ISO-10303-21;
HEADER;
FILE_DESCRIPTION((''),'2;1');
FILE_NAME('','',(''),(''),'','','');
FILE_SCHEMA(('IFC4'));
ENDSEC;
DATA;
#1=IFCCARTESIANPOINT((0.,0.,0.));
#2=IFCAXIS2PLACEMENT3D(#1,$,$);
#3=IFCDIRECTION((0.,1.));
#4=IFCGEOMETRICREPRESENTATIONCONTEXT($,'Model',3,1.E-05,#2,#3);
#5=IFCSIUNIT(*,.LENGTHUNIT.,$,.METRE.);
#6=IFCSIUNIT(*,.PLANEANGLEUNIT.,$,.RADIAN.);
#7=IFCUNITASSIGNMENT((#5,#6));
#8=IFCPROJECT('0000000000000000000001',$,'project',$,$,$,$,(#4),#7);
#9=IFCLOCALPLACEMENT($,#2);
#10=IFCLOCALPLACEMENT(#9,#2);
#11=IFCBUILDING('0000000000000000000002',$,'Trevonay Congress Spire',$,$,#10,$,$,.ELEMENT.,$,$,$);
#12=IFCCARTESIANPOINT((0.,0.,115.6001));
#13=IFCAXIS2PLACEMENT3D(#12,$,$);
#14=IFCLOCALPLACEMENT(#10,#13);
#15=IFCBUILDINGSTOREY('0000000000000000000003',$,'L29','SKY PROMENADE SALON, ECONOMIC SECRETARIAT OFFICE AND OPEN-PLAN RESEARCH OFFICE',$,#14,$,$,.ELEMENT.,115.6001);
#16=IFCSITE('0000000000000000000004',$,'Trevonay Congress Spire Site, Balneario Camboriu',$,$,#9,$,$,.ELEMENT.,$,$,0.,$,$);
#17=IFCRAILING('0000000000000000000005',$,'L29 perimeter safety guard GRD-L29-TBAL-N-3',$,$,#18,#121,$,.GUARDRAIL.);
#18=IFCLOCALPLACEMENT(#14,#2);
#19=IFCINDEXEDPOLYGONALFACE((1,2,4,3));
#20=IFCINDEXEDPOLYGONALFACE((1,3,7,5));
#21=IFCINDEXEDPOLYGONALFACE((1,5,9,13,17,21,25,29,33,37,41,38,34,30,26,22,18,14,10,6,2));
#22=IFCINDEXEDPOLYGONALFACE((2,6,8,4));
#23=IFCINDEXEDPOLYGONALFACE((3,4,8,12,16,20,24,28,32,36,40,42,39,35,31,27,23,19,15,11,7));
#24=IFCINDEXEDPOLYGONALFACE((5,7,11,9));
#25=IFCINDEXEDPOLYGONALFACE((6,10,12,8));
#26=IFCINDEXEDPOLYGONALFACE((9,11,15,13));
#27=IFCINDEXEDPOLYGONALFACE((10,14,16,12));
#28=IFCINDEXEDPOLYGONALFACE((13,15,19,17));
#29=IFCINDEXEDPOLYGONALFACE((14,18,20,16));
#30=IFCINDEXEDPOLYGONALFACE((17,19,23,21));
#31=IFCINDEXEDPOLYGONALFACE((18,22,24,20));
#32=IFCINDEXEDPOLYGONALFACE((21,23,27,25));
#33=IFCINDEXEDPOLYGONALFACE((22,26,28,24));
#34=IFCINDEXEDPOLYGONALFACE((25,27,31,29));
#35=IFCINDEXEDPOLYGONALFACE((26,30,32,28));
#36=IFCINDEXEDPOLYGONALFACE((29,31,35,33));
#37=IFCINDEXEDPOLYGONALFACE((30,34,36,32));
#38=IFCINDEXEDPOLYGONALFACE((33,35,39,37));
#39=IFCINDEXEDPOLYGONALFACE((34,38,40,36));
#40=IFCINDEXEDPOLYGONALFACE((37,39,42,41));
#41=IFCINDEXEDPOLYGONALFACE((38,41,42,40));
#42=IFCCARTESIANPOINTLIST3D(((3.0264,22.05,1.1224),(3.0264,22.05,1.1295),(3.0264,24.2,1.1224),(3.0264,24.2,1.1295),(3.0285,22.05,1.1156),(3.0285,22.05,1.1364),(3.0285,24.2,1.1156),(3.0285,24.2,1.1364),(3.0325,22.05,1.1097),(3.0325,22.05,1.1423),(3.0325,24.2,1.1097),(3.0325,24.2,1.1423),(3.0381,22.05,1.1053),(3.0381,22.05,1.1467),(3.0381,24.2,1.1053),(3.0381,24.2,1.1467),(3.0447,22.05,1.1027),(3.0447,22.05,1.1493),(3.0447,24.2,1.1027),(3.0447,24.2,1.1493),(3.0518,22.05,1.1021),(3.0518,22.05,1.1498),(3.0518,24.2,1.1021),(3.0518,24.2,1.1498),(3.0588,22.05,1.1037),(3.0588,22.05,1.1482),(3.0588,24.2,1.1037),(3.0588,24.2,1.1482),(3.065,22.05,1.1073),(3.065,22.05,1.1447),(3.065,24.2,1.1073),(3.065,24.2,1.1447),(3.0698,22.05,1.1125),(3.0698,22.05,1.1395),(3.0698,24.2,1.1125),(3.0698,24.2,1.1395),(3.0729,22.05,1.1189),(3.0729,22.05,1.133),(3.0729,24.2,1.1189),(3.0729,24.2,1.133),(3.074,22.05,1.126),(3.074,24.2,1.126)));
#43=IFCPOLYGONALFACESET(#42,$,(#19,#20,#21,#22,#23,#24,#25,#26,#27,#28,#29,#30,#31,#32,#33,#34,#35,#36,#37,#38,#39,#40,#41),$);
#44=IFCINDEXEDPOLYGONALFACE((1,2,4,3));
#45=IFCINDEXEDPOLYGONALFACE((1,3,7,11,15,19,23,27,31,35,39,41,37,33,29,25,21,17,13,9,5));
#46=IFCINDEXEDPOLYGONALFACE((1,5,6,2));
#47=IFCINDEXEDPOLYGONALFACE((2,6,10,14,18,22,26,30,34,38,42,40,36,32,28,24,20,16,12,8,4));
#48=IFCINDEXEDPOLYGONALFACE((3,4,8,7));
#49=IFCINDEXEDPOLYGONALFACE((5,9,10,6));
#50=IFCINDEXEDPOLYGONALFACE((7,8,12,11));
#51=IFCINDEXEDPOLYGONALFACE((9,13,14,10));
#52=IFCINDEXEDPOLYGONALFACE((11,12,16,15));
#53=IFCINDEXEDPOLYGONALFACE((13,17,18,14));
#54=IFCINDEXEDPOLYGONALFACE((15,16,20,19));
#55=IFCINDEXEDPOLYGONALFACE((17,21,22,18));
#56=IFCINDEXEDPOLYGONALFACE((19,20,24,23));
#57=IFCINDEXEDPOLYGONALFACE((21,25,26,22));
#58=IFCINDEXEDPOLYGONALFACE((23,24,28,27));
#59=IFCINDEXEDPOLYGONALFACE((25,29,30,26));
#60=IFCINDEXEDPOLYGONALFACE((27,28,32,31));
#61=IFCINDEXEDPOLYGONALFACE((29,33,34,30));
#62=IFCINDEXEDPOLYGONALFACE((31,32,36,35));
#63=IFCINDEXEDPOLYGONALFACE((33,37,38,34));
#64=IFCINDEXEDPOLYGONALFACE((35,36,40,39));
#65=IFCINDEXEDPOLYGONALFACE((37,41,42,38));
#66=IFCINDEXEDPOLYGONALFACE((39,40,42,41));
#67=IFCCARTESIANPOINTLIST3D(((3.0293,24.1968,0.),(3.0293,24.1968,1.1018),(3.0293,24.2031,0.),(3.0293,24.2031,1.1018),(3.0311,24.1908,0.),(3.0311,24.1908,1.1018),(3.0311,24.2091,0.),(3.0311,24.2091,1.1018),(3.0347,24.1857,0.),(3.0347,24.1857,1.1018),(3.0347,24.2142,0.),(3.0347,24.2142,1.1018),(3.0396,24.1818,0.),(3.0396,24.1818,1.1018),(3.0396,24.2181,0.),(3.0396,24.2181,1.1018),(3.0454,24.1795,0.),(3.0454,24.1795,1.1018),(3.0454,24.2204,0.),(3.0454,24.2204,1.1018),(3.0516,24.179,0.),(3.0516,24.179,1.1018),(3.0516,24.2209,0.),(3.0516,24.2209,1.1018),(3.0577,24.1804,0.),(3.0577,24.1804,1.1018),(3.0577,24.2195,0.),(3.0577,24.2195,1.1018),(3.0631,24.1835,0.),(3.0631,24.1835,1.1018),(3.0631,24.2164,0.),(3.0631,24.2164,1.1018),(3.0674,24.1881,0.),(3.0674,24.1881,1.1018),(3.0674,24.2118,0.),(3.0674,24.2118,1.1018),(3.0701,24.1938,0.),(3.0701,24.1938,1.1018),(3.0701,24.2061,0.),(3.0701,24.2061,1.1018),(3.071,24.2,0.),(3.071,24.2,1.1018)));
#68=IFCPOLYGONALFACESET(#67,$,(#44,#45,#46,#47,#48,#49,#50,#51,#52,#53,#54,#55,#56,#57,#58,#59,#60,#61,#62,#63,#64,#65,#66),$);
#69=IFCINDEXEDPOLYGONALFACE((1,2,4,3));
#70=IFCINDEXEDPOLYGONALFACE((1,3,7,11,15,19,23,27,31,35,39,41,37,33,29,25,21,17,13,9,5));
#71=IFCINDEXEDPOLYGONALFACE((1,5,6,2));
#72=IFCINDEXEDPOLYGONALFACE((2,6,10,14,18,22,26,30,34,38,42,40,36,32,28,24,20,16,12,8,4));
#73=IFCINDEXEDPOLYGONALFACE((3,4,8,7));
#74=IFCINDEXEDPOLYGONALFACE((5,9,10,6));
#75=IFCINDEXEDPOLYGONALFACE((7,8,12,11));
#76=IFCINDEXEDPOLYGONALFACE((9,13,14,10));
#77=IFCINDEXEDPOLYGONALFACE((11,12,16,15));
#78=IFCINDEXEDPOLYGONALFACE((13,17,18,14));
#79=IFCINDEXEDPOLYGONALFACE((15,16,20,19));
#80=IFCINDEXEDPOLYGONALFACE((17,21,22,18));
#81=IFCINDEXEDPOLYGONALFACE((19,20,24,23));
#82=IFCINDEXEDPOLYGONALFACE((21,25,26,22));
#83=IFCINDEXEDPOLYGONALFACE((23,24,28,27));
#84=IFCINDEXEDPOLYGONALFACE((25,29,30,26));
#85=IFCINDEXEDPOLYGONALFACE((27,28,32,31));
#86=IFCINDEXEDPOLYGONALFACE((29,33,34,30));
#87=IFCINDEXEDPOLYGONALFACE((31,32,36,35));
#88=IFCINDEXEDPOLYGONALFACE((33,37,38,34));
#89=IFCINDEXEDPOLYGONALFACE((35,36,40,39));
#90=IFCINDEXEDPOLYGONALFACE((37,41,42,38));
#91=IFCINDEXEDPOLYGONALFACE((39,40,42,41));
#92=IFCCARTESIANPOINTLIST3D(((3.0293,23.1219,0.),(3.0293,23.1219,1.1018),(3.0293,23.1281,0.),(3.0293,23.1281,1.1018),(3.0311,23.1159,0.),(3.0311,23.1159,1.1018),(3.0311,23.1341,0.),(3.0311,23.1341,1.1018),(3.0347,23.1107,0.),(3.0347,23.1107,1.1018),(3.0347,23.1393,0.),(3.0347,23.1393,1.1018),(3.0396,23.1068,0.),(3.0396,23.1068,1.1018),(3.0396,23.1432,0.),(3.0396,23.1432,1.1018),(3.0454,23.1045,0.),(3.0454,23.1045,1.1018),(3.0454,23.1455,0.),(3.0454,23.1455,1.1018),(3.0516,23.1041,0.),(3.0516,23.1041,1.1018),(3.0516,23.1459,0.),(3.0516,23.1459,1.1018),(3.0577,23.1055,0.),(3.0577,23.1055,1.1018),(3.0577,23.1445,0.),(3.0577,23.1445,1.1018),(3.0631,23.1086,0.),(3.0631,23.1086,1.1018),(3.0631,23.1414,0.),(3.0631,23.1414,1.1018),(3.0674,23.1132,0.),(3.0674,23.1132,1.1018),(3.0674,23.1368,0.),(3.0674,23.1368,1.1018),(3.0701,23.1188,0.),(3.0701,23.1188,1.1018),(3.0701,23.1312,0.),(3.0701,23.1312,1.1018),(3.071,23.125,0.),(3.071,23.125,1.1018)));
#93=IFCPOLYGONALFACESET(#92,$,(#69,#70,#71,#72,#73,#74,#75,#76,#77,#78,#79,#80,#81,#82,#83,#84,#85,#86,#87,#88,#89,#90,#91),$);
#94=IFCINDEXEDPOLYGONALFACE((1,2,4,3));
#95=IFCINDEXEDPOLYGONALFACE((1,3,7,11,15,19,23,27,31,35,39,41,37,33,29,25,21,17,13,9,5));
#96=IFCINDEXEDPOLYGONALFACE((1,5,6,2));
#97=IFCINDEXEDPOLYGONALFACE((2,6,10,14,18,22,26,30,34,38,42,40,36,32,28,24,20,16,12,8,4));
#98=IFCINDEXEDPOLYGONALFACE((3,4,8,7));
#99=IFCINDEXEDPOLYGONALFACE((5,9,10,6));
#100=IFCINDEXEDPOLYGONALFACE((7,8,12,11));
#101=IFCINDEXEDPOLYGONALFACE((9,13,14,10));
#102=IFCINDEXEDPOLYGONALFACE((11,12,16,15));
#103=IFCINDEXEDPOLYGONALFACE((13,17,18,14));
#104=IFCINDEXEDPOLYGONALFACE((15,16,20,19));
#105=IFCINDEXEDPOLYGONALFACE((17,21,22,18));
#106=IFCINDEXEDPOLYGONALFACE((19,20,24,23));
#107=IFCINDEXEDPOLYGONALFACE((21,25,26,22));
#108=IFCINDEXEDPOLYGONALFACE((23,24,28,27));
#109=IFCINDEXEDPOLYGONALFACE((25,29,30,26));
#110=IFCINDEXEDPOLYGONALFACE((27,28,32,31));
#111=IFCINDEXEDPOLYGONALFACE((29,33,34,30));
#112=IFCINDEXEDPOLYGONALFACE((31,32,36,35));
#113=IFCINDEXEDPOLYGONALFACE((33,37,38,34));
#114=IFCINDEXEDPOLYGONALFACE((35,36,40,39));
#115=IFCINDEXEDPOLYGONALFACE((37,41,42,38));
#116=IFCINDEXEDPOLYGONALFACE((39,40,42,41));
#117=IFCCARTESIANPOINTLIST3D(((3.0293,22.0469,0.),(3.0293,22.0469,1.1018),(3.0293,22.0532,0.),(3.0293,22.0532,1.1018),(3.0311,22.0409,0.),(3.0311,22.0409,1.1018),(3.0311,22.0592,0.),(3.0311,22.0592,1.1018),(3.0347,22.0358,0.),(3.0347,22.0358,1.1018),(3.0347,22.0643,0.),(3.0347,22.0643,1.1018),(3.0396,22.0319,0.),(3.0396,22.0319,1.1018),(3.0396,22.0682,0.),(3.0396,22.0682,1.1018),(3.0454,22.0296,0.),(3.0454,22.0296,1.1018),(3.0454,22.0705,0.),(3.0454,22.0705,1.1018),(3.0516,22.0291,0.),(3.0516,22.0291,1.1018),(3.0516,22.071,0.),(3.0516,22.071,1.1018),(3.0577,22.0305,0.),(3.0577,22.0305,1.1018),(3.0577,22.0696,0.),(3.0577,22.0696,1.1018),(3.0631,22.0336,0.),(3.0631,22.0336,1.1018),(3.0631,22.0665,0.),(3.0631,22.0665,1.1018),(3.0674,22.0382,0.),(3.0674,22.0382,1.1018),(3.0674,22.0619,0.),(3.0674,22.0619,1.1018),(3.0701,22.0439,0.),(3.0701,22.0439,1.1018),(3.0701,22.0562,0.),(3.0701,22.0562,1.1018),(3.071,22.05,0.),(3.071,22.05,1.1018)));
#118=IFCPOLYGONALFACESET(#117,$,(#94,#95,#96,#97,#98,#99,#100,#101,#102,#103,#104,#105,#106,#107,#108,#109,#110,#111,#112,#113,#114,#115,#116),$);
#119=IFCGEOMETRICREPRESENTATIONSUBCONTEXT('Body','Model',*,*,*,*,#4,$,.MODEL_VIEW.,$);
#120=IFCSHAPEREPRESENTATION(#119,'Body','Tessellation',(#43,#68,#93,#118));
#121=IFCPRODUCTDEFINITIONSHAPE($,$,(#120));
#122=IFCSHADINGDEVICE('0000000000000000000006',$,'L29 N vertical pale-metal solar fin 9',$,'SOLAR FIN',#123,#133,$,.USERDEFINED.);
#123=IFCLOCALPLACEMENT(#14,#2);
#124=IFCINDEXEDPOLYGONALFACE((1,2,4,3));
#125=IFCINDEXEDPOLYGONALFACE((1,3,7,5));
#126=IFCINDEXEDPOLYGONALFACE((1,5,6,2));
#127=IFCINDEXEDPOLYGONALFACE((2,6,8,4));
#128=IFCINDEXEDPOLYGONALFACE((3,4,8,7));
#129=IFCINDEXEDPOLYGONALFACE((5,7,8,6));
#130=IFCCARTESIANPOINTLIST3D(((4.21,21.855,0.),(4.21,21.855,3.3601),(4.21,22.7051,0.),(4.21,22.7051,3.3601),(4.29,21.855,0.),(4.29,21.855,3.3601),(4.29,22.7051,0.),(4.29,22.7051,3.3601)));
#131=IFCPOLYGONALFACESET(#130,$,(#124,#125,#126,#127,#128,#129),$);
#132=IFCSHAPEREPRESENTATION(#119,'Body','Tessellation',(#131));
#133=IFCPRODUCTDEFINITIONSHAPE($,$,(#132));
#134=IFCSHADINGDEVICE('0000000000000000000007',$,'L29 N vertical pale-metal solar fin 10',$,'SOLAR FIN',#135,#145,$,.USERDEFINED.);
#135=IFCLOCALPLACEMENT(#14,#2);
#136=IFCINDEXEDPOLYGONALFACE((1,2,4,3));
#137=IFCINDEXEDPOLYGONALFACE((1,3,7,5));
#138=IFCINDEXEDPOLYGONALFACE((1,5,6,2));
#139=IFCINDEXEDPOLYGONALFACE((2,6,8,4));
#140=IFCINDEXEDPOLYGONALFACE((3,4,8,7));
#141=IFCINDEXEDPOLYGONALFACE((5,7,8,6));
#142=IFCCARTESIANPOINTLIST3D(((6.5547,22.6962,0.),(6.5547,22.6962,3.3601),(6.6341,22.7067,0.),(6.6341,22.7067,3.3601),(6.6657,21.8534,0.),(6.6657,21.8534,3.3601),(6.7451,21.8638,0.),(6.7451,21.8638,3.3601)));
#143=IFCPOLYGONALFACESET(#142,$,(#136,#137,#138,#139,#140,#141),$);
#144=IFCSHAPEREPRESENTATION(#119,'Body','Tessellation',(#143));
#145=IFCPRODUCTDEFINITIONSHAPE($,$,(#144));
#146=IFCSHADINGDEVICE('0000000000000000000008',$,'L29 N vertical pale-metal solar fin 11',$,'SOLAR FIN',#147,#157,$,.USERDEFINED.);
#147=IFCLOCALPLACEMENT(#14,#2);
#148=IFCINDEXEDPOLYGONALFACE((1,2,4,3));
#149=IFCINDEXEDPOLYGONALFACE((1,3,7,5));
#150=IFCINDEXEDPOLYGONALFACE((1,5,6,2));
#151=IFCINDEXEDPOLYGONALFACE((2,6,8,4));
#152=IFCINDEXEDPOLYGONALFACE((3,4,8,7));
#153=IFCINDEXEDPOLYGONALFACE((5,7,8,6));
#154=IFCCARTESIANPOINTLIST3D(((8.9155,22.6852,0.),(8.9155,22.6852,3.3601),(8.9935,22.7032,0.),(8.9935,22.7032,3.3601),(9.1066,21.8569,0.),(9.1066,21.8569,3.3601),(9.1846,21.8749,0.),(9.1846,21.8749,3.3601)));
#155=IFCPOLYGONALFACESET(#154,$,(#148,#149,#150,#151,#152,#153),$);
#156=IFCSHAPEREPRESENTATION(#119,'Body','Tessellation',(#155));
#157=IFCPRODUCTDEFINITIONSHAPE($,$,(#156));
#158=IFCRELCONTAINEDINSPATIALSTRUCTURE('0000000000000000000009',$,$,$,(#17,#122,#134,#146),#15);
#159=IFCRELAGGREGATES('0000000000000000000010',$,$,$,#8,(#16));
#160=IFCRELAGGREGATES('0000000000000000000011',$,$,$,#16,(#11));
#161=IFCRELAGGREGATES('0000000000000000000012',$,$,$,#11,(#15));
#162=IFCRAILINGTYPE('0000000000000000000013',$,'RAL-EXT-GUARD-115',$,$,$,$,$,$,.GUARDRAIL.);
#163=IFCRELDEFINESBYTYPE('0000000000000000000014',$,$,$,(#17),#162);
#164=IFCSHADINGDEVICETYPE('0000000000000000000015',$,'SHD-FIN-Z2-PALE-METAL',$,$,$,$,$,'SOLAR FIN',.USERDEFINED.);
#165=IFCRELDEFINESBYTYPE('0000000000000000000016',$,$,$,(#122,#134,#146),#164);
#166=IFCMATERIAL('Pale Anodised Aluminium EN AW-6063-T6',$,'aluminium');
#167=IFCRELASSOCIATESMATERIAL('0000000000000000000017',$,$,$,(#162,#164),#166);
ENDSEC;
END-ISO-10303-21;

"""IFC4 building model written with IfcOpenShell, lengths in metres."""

from ifc_helpers import new_model, si_unit, direction, frame, origin, origin_2d, place, context, subcontext, project, spatial, rectangle, circle, extrude, material, type_object, element, save


model = new_model("IFC4")

# Units and contexts
model_context = context("Model", 3, precision=1e-05, world=origin(), true_north=direction((0.0, 1.0)))
body_context = subcontext(model_context, "Body", "Model", "MODEL_VIEW")
ifc_project = project(units=[si_unit("LENGTHUNIT", "METRE"), si_unit("PLANEANGLEUNIT", "RADIAN")], contexts=[model_context])

# Site, building, storey
site_placement = place(None, origin())
site = spatial("IfcSite", under=ifc_project, at=site_placement, Name="Trevonay Congress Spire Site, Balneario Camboriu", CompositionType="ELEMENT", RefElevation=0.0)
building_placement = place(site_placement, origin())
building = spatial("IfcBuilding", under=site, at=building_placement, Name="Trevonay Congress Spire", CompositionType="ELEMENT")
storey_placement = place(building_placement, frame((0.0, 0.0, 115.6001)))
storey = spatial("IfcBuildingStorey", under=building, at=storey_placement, Name="L29", Description="SKY PROMENADE SALON, ECONOMIC SECRETARIAT OFFICE AND OPEN-PLAN RESEARCH OFFICE", CompositionType="ELEMENT", Elevation=115.6001)

# Shared definitions
ifc_material_1 = material(Name="Pale Anodised Aluminium EN AW-6063-T6", Category="aluminium")

# Railing
railing_type = type_object("IfcRailingType", Name="RAL-EXT-GUARD-115", PredefinedType="GUARDRAIL", material=ifc_material_1)
railing_placement = place(storey_placement, frame((3.05, 24.2, 0.0)))
element("IfcRailing", 1, at=railing_placement, inside=storey, type_object=railing_type, Name="L29 perimeter safety guard GRD-L29-TBAL-N-3", PredefinedType="GUARDRAIL", context=body_context, shape_type="SweptSolid", body=[
    extrude(circle(Radius=0.0239, at=origin_2d()), frame((0.0, 0.0, 1.126), z_axis=(0.0, -1.0, 0.0), x_axis=(1.0, 0.0, 0.0)), (0.0, 0.0, 1.0), 2.1499),
    extrude(circle(Radius=0.021, at=origin_2d()), origin(), (0.0, 0.0, 1.0), 1.1018),
    extrude(circle(Radius=0.021, at=origin_2d()), frame((0.0, -1.075, 0.0)), (0.0, 0.0, 1.0), 1.1018),
    extrude(circle(Radius=0.021, at=origin_2d()), frame((0.0, -2.1499, 0.0)), (0.0, 0.0, 1.0), 1.1018),
])

# Shading devices
shading_device_type = type_object("IfcShadingDeviceType", Name="SHD-FIN-Z2-PALE-METAL", ElementType="SOLAR FIN", PredefinedType="USERDEFINED", material=ifc_material_1)
for number, where, z_axis, x_axis, name in (
    (2, (4.25, 22.28, 0.0), (0.0, 0.0, 1.0), (1.0, 0.0, 0.0), "L29 N vertical pale-metal solar fin 9"),
    (3, (6.6499, 22.28, 0.0), (0.0, 0.0, 1.0), (0.991445, 0.130526, 0.0), "L29 N vertical pale-metal solar fin 10"),
    (4, (9.05, 22.28, 0.0), (0.0, 0.0, 1.0), (0.974409, 0.224781, 0.0), "L29 N vertical pale-metal solar fin 11"),
):
    element("IfcShadingDevice", number, at=place(storey_placement, frame(where, z_axis=z_axis, x_axis=x_axis)), inside=storey, type_object=shading_device_type, Name=name, ObjectType="SOLAR FIN", PredefinedType="USERDEFINED", context=body_context, shape_type="SweptSolid", body=[
        extrude(rectangle(XDim=0.0801, YDim=0.8501, at=origin_2d()), origin(), (0.0, 0.0, 1.0), 3.3601),
    ])

save(model, "model.ifc")
